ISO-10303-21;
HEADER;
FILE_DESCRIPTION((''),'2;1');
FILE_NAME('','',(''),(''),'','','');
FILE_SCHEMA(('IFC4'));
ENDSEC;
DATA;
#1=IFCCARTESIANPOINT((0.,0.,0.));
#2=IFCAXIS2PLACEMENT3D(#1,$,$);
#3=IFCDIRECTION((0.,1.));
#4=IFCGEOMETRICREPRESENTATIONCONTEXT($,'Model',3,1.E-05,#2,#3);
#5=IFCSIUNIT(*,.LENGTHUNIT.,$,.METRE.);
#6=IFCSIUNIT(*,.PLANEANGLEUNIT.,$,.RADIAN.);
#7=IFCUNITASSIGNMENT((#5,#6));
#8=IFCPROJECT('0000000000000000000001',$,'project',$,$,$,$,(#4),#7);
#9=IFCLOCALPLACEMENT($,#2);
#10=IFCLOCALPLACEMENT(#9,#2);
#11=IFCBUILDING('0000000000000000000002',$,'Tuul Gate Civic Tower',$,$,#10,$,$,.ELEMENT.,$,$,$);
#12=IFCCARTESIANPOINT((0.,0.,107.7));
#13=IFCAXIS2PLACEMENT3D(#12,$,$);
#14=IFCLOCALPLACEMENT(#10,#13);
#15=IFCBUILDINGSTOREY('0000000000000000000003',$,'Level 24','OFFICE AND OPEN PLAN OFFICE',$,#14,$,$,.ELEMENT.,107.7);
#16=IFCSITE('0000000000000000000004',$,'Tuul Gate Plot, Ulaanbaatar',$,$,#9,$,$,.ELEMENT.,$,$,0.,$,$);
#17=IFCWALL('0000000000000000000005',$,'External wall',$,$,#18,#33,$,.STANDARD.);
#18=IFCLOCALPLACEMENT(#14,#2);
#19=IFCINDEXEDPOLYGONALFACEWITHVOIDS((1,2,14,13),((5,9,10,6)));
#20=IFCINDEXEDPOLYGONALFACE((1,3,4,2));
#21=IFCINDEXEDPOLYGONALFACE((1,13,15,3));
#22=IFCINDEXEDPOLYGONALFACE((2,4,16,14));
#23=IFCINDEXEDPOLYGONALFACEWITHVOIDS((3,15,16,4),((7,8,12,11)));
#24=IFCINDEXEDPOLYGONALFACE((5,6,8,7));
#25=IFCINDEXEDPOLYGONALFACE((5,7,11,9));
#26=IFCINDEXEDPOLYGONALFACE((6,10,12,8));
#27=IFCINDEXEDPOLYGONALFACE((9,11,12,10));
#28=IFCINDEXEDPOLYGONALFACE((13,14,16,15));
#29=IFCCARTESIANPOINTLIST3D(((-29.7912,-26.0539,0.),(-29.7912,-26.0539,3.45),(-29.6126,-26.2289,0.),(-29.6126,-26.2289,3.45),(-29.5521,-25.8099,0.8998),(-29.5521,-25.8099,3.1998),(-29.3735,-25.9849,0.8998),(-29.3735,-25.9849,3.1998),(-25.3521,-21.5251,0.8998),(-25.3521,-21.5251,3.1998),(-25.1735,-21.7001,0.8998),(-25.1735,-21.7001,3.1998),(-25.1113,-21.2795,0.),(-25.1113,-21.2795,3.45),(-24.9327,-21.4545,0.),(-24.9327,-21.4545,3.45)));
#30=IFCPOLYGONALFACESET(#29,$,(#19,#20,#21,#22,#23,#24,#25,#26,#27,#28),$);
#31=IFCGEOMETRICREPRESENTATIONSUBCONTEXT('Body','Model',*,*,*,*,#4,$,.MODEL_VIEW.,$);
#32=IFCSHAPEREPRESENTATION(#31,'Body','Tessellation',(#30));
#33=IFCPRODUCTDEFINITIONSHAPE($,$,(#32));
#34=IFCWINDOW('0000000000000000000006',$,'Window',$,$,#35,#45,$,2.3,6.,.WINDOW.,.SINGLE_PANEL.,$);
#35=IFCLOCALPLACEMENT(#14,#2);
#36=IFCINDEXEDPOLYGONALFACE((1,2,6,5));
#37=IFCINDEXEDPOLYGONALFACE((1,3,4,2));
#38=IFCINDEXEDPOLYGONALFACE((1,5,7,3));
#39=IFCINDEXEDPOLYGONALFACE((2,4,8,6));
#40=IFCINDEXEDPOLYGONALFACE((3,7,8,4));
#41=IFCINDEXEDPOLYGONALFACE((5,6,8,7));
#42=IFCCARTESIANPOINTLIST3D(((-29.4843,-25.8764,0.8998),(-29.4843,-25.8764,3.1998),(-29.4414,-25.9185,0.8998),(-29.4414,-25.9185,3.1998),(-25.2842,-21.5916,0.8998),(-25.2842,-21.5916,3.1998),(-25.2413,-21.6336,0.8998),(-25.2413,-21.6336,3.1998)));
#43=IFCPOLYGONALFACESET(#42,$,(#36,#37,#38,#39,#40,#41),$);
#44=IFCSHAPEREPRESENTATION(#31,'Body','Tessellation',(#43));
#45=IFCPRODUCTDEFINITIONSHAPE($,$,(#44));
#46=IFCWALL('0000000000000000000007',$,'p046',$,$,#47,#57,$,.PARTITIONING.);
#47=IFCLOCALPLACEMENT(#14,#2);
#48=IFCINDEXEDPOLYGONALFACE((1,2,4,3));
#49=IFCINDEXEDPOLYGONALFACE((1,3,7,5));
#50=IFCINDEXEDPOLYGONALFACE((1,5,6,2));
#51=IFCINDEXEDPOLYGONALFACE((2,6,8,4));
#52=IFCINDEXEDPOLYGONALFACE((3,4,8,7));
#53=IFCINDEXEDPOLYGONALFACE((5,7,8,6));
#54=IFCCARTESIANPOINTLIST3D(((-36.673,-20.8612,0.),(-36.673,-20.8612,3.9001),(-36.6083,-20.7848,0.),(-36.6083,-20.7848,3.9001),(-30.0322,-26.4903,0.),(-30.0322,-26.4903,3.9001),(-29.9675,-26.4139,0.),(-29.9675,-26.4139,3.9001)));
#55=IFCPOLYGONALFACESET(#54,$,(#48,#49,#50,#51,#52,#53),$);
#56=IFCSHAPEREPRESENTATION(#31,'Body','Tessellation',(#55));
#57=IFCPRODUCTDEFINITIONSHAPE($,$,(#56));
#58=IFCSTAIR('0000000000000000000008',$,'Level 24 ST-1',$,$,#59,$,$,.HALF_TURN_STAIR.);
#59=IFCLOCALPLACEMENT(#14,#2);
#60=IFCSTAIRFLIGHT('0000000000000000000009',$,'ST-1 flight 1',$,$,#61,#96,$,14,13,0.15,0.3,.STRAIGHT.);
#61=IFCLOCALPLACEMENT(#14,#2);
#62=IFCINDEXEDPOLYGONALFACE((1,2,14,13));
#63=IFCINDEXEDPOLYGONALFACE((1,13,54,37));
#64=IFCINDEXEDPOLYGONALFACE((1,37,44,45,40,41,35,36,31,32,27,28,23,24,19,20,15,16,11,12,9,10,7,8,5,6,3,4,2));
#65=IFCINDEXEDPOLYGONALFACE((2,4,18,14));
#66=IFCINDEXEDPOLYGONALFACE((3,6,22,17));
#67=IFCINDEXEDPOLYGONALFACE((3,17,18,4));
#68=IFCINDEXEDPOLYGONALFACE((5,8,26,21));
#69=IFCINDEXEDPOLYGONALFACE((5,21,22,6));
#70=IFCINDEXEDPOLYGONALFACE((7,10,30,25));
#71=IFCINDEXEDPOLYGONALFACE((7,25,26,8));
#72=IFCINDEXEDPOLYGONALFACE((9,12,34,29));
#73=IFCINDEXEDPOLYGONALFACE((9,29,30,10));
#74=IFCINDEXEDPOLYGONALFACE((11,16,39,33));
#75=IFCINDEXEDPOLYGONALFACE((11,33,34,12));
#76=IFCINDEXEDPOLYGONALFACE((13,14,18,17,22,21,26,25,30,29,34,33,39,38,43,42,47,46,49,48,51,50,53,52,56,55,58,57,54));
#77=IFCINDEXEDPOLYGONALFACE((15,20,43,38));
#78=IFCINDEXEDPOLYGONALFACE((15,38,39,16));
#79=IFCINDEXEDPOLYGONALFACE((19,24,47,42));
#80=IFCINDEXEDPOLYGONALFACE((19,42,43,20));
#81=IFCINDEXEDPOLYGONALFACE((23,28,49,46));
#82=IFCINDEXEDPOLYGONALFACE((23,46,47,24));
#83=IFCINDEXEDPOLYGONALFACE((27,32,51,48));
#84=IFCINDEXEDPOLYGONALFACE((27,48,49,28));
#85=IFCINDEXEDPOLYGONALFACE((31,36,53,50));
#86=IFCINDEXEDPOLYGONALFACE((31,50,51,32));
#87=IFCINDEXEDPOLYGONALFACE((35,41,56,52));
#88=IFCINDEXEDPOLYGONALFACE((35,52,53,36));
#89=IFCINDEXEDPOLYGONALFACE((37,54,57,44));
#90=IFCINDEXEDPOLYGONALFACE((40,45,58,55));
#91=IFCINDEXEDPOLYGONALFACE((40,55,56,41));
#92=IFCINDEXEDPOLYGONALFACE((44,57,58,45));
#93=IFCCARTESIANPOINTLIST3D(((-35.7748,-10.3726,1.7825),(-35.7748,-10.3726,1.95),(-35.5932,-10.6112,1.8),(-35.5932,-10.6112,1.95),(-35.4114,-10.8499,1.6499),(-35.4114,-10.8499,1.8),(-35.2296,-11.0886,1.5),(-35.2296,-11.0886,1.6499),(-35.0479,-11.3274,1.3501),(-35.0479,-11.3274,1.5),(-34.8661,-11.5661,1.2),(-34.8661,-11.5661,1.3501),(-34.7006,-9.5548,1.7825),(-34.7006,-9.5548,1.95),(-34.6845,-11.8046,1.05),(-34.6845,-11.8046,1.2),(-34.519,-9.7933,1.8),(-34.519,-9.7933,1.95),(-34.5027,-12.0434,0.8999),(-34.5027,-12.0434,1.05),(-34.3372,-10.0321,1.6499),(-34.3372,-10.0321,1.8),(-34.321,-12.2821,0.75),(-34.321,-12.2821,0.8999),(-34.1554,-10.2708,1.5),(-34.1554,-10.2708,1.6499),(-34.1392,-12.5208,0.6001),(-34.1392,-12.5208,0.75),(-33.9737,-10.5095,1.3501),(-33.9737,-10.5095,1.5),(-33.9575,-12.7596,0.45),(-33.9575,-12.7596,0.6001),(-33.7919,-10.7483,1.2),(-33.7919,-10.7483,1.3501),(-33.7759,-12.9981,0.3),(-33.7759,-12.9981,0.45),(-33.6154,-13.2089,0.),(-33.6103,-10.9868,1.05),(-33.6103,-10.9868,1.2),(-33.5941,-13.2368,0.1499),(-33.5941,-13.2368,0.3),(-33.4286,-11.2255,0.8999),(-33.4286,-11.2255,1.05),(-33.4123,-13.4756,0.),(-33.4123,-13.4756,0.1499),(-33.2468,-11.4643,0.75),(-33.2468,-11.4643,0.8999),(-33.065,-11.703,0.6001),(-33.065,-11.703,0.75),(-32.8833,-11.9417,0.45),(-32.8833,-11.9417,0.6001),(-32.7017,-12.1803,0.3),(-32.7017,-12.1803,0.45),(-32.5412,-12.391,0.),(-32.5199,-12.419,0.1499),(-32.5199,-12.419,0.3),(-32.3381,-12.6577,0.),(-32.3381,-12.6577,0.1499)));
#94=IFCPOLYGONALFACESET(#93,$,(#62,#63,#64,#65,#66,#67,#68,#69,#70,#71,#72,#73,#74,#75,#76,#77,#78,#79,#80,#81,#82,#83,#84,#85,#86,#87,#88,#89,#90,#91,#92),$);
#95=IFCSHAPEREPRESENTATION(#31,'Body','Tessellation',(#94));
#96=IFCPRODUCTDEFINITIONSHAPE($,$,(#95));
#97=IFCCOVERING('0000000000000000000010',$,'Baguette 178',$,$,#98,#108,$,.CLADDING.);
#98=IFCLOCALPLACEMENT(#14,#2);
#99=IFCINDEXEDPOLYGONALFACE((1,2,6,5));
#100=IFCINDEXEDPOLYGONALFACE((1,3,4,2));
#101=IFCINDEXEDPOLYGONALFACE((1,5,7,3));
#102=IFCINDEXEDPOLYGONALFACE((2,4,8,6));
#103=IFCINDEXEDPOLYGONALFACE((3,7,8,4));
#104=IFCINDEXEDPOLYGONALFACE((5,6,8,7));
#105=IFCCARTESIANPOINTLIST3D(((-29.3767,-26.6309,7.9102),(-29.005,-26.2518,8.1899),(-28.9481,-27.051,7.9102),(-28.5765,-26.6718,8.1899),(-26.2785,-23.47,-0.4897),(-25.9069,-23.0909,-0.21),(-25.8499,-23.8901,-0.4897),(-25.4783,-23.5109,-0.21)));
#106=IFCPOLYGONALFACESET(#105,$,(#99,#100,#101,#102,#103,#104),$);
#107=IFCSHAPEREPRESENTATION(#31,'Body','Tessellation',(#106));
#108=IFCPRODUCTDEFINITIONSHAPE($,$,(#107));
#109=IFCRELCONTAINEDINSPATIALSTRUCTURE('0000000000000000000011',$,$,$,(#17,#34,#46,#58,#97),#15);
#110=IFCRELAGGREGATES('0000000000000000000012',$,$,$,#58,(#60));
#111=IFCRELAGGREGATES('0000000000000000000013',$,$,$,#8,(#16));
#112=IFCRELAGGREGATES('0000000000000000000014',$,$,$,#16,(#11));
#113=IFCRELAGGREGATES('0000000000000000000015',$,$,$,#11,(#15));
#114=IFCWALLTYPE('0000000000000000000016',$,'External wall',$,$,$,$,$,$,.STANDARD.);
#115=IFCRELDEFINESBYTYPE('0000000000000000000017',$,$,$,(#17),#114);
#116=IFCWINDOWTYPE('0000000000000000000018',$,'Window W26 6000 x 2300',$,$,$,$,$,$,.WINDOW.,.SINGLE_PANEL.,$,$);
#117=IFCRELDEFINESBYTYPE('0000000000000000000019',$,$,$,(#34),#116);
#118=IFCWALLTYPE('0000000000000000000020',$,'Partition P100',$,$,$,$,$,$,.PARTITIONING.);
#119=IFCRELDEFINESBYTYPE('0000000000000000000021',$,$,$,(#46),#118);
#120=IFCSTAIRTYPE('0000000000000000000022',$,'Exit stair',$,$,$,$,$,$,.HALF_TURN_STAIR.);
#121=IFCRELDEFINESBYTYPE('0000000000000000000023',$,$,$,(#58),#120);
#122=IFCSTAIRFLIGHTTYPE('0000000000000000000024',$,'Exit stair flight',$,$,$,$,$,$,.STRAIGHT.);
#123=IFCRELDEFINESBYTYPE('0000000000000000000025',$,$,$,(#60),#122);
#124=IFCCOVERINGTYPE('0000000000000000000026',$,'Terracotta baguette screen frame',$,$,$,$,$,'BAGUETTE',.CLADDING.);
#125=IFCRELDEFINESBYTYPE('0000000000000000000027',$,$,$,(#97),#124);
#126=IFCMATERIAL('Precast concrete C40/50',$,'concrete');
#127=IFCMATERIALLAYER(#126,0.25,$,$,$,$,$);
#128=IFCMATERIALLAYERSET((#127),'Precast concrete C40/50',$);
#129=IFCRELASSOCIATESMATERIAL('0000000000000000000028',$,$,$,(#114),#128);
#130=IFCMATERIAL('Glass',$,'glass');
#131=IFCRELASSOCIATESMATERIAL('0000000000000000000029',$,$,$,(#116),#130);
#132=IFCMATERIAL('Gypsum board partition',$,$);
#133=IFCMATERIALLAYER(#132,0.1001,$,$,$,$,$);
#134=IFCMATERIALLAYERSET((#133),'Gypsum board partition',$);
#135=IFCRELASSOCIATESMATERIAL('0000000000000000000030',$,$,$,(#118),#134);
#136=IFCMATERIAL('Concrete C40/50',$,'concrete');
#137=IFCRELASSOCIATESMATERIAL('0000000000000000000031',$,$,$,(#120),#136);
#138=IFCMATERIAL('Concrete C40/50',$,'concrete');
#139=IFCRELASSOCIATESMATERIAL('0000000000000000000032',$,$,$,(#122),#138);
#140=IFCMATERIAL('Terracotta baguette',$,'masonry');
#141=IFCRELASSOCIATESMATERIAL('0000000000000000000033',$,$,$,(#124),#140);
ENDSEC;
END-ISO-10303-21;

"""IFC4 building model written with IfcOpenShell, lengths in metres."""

from ifc_helpers import new_model, si_unit, direction, frame, frame_2d, origin, origin_2d, place, context, subcontext, project, spatial, polyline, rectangle, outline, extrude, material, layer, layer_set, material_profile, profile_set, type_object, element, fill, aggregate, save


model = new_model("IFC4")

# Units and contexts
model_context = context("Model", 3, precision=1e-05, world=origin(), true_north=direction((0.0, 1.0)))
body_context = subcontext(model_context, "Body", "Model", "MODEL_VIEW")
ifc_project = project(units=[si_unit("LENGTHUNIT", "METRE"), si_unit("PLANEANGLEUNIT", "RADIAN")], contexts=[model_context])

# Site, building, storey
site_placement = place(None, origin())
site = spatial("IfcSite", under=ifc_project, at=site_placement, Name="Tuul Gate Plot, Ulaanbaatar", CompositionType="ELEMENT", RefElevation=0.0)
building_placement = place(site_placement, origin())
building = spatial("IfcBuilding", under=site, at=building_placement, Name="Tuul Gate Civic Tower", CompositionType="ELEMENT")
storey_placement = place(building_placement, frame((0.0, 0.0, 107.7)))
storey = spatial("IfcBuildingStorey", under=building, at=storey_placement, Name="Level 24", Description="OFFICE AND OPEN PLAN OFFICE", CompositionType="ELEMENT", Elevation=107.7)

# Wall, opening, window
ifc_material_1 = material(Name="Precast concrete C40/50", Category="concrete")
ifc_layer_1 = layer(ifc_material_1, 0.25)
ifc_layer_set_1 = layer_set([ifc_layer_1], Name="Precast concrete C40/50")
wall_type_1 = type_object("IfcWallType", Name="External wall", PredefinedType="STANDARD", material=ifc_layer_set_1)
wall_1_placement = place(storey_placement, frame((-29.7019, -26.1414, 0.0), z_axis=(0.0, 0.0, 1.0), x_axis=(0.700005, 0.714138, 0.0)))
wall_1 = element("IfcWall", 1, at=wall_1_placement, inside=storey, type_object=wall_type_1, Name="External wall", PredefinedType="STANDARD", context=body_context, shape_type="SweptSolid", body=[
    extrude(rectangle(XDim=6.6855, YDim=0.25, at=frame_2d((3.3428, 0.0))), origin(), (0.0, 0.0, 1.0), 3.45),
])
opening_1_placement = place(wall_1_placement, frame((0.3416, 0.0, 0.8999)))
opening_1 = element("IfcOpeningElement", 2, at=opening_1_placement, cuts=wall_1, PredefinedType="OPENING", context=body_context, shape_type="SweptSolid", body=[
    extrude(rectangle(XDim=6.0, YDim=2.3, at=frame_2d((3.0, 1.1499))), frame((0.0, 0.135, 0.0), z_axis=(0.0, -1.0, 0.0), x_axis=(1.0, 0.0, 0.0)), (0.0, 0.0, 1.0), 0.27),
])
ifc_material_2 = material(Name="Glass", Category="glass")
window_type_1 = type_object("IfcWindowType", Name="Window W26 6000 x 2300", PartitioningType="SINGLE_PANEL", PredefinedType="WINDOW", material=ifc_material_2)
window_1_placement = place(opening_1_placement, origin())
window_1 = element("IfcWindow", 3, at=window_1_placement, inside=storey, type_object=window_type_1, Name="Window", OverallHeight=2.3, OverallWidth=6.0, PartitioningType="SINGLE_PANEL", PredefinedType="WINDOW", context=body_context, shape_type="SweptSolid", body=[
    extrude(rectangle(XDim=6.0, YDim=2.3, at=frame_2d((3.0, 1.1499))), frame((0.0, 0.03, 0.0), z_axis=(0.0, -1.0, 0.0), x_axis=(1.0, 0.0, 0.0)), (0.0, 0.0, 1.0), 0.0601),
])
fill(opening_1, window_1)

# Wall
ifc_material_3 = material(Name="Gypsum board partition")
ifc_layer_2 = layer(ifc_material_3, 0.1001)
ifc_layer_set_2 = layer_set([ifc_layer_2], Name="Gypsum board partition")
wall_type_2 = type_object("IfcWallType", Name="Partition P100", PredefinedType="PARTITIONING", material=ifc_layer_set_2)
wall_2_placement = place(storey_placement, frame((-36.6406, -20.823, 0.0), z_axis=(0.0, 0.0, 1.0), x_axis=(0.762822, -0.646608, 0.0)))
element("IfcWall", 4, at=wall_2_placement, inside=storey, type_object=wall_type_2, Name="p046", PredefinedType="PARTITIONING", context=body_context, shape_type="SweptSolid", body=[
    extrude(rectangle(XDim=8.7056, YDim=0.1001, at=frame_2d((4.3528, 0.0))), origin(), (0.0, 0.0, 1.0), 3.9001),
])

# Stair, stair flight
ifc_material_4 = material(Name="Concrete C40/50", Category="concrete")
stair_type = type_object("IfcStairType", Name="Exit stair", PredefinedType="HALF_TURN_STAIR", material=ifc_material_4)
stair_placement = place(storey_placement, origin())
stair = element("IfcStair", 5, at=stair_placement, inside=storey, type_object=stair_type, Name="Level 24 ST-1", PredefinedType="HALF_TURN_STAIR")
ifc_material_5 = material(Name="Concrete C40/50", Category="concrete")
stair_flight_type = type_object("IfcStairFlightType", Name="Exit stair flight", PredefinedType="STRAIGHT", material=ifc_material_5)
stair_flight_placement = place(storey_placement, frame((-32.8752, -13.0667, 0.0), z_axis=(0.0, 0.0, 1.0), x_axis=(-0.605764, 0.795644, 0.0)))
stair_flight = element("IfcStairFlight", 6, at=stair_flight_placement, type_object=stair_flight_type, Name="ST-1 flight 1", NumberOfRisers=14, NumberOfTreads=13, PredefinedType="STRAIGHT", RiserHeight=0.15, TreadLength=0.3, context=body_context, shape_type="SweptSolid", body=[
    extrude(outline(polyline([(0.0, 0.0), (0.0, 0.1499), (0.3, 0.1499), (0.3, 0.3), (0.6001, 0.3), (0.6001, 0.45), (0.8999, 0.45), (0.8999, 0.6001), (1.2, 0.6001), (1.2, 0.75), (1.5, 0.75), (1.5, 0.8999), (1.8, 0.8999), (1.8, 1.05), (2.1001, 1.05), (2.1001, 1.2), (2.3999, 1.2), (2.3999, 1.3501), (2.7, 1.3501), (2.7, 1.5), (3.0, 1.5), (3.0, 1.6499), (3.3, 1.6499), (3.3, 1.8), (3.6001, 1.8), (3.6001, 1.95), (3.8999, 1.95), (3.8999, 2.1001), (3.8999, 1.7825), (0.3352, 0.0), (0.0, 0.0)])), frame((0.0, 0.675, 0.0), z_axis=(0.0, -1.0, 0.0), x_axis=(1.0, 0.0, 0.0)), (0.0, 0.0, 1.0), 1.3501),
])
aggregate(stair, [stair_flight])

# Covering
ifc_material_6 = material(Name="Terracotta baguette", Category="masonry")
ifc_material_profile_1 = material_profile(ifc_material_6, rectangle(XDim=0.6001, YDim=0.6001, at=origin_2d()), Name="Terracotta baguette screen frame")
ifc_profile_set_1 = profile_set([ifc_material_profile_1], Name="Terracotta baguette")
covering_type = type_object("IfcCoveringType", Name="Terracotta baguette screen frame", ElementType="BAGUETTE", PredefinedType="CLADDING", material=ifc_profile_set_1)
covering_placement = place(storey_placement, frame((-28.9766, -26.6514, 8.05), z_axis=(0.326305, 0.332913, -0.8847), x_axis=(-0.714159, 0.699983, 0.0)))
element("IfcCovering", 7, at=covering_placement, inside=storey, type_object=covering_type, Name="Baguette 178", PredefinedType="CLADDING", context=body_context, shape_type="SweptSolid", body=[
    extrude(rectangle(XDim=0.6001, YDim=0.6001, at=origin_2d()), origin(), (0.0, 0.0, 1.0), 9.4946),
])

save(model, "model.ifc")
